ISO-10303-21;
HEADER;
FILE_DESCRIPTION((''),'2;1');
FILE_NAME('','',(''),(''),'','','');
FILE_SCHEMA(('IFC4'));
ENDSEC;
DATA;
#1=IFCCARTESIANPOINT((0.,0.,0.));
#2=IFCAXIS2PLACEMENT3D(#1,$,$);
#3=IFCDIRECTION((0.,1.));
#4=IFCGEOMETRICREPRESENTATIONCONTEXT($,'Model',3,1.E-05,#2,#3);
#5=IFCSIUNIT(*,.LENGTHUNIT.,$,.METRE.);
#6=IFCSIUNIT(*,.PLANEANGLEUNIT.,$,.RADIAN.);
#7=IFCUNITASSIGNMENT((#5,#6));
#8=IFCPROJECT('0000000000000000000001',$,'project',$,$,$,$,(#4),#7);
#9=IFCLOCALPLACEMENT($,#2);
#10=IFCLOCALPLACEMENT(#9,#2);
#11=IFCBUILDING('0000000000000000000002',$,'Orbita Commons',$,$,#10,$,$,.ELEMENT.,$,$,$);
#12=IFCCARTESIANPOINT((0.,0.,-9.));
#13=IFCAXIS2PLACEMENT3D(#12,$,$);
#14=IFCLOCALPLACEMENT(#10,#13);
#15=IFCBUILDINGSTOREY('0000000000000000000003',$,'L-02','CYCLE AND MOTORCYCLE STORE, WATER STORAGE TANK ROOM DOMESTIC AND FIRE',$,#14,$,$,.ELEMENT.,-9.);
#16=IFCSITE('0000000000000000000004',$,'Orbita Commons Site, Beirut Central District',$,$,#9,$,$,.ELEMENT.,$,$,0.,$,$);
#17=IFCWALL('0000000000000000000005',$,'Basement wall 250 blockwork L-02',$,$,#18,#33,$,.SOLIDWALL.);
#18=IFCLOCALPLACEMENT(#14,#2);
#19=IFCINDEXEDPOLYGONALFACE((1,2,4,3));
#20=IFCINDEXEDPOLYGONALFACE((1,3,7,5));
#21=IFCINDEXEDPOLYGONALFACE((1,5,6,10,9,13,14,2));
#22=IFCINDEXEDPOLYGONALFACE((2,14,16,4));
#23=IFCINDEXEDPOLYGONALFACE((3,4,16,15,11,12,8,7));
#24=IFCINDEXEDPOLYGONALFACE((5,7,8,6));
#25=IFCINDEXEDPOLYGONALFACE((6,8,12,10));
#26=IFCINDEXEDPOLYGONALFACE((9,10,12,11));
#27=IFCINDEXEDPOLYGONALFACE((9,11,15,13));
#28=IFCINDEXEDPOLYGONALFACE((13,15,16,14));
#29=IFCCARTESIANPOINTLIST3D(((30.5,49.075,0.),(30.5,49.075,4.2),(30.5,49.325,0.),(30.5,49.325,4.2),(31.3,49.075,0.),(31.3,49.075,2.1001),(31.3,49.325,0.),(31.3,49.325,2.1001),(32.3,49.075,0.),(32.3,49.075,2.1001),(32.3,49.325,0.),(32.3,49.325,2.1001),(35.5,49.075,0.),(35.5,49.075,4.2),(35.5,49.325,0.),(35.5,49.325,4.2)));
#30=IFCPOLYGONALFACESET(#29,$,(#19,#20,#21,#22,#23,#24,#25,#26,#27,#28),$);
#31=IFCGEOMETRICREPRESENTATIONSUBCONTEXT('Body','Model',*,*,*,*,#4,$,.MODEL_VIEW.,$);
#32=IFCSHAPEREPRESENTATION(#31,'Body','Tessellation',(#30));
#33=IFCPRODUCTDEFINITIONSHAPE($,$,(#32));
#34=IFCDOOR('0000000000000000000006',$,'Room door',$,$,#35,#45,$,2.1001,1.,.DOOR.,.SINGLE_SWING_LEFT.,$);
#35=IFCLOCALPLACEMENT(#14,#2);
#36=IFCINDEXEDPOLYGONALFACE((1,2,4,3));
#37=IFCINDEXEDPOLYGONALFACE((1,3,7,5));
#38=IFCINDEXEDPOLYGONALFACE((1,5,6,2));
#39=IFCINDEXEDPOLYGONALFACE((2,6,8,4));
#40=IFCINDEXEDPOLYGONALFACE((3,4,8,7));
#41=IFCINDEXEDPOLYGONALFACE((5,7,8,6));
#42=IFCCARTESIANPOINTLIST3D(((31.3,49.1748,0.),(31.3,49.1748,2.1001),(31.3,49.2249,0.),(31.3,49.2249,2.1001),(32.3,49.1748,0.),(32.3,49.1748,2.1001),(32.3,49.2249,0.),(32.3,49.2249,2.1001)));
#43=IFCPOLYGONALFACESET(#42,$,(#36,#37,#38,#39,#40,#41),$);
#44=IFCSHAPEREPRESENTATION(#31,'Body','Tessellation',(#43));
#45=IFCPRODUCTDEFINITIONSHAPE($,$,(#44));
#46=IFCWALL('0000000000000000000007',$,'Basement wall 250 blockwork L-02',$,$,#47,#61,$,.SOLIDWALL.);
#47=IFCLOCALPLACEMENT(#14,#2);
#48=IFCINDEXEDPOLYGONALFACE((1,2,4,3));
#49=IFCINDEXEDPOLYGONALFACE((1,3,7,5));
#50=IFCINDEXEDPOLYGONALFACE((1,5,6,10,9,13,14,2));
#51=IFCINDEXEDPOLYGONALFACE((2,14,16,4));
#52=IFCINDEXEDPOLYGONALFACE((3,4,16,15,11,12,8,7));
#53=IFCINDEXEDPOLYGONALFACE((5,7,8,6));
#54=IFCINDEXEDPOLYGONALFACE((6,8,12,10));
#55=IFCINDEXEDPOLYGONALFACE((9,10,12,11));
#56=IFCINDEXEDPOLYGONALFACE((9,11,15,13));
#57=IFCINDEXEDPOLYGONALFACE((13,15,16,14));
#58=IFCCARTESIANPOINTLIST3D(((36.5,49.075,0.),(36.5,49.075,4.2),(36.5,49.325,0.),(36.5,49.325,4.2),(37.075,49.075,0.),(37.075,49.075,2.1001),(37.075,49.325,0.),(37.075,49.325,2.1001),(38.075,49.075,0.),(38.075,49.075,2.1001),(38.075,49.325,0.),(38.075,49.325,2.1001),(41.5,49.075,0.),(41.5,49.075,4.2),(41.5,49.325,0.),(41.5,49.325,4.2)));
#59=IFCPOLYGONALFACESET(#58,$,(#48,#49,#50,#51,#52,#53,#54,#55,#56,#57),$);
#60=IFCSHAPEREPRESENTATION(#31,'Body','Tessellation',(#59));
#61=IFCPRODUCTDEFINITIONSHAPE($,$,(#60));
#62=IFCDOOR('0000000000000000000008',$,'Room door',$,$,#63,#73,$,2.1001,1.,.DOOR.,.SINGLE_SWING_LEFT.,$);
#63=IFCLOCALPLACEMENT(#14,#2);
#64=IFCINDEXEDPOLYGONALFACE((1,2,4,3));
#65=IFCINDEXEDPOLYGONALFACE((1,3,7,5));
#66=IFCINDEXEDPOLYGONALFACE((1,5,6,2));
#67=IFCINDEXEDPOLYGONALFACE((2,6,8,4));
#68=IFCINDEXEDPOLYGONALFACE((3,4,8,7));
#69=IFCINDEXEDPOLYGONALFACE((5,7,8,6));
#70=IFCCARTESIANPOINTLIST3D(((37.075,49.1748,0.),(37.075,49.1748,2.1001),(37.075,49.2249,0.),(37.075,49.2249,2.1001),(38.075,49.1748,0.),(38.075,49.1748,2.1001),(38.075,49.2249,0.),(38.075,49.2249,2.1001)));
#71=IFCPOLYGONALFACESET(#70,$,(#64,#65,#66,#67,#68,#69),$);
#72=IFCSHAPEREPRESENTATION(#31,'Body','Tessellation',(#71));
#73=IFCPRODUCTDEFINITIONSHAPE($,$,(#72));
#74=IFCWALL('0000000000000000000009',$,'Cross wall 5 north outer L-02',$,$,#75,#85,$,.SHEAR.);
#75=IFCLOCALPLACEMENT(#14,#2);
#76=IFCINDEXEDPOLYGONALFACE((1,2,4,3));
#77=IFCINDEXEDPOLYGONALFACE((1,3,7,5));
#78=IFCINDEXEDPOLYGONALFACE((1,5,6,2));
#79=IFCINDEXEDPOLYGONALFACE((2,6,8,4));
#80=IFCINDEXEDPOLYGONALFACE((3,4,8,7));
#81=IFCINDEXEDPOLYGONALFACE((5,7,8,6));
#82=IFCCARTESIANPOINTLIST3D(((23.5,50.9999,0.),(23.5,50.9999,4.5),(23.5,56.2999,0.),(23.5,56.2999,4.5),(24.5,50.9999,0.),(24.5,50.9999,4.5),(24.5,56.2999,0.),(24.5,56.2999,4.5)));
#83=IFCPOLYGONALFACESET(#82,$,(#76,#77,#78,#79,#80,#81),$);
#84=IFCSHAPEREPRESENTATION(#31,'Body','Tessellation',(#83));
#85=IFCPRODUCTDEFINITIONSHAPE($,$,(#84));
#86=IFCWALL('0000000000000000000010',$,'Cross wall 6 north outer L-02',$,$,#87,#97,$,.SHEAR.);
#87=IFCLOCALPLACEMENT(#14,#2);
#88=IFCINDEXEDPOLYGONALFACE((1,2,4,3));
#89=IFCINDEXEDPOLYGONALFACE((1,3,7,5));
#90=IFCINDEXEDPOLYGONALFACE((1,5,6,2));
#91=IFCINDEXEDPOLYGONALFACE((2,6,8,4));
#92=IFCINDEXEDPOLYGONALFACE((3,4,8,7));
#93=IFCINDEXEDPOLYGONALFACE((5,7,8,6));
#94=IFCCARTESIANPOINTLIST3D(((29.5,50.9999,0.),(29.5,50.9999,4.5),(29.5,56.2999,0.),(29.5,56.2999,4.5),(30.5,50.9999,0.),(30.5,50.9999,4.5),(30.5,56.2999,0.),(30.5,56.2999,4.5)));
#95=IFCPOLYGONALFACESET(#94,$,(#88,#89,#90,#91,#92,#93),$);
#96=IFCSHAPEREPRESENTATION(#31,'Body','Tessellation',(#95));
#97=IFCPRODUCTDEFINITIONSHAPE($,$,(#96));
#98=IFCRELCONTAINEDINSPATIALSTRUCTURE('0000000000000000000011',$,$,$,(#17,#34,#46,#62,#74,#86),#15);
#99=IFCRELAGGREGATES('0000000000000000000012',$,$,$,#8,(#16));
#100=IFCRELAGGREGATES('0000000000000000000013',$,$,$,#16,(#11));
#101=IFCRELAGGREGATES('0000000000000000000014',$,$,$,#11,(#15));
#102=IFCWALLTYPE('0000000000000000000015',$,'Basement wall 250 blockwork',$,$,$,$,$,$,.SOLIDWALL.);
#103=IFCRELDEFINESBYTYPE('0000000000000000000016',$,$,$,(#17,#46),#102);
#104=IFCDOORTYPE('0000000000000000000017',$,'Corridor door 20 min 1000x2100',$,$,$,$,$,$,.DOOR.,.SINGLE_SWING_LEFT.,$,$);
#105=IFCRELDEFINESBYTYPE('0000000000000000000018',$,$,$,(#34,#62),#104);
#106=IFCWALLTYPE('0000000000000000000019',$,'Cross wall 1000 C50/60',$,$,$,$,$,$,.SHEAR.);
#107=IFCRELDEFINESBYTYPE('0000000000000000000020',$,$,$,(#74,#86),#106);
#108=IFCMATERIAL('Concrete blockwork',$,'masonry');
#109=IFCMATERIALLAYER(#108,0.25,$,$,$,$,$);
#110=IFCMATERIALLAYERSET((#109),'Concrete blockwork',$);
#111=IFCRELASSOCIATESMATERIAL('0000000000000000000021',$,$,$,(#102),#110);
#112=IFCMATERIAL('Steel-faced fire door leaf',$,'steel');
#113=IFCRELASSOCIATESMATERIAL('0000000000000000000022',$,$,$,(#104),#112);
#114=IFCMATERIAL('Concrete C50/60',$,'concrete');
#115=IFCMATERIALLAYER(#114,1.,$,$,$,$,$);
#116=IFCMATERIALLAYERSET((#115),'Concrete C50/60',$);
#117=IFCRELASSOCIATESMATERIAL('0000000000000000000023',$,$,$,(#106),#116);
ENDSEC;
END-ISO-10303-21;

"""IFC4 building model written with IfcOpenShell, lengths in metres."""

from ifc_helpers import new_model, si_unit, direction, frame, frame_2d, origin, place, context, subcontext, project, spatial, rectangle, extrude, material, layer, layer_set, type_object, element, fill, save


model = new_model("IFC4")

# Units and contexts
model_context = context("Model", 3, precision=1e-05, world=origin(), true_north=direction((0.0, 1.0)))
body_context = subcontext(model_context, "Body", "Model", "MODEL_VIEW")
ifc_project = project(units=[si_unit("LENGTHUNIT", "METRE"), si_unit("PLANEANGLEUNIT", "RADIAN")], contexts=[model_context])

# Site, building, storey
site_placement = place(None, origin())
site = spatial("IfcSite", under=ifc_project, at=site_placement, Name="Orbita Commons Site, Beirut Central District", CompositionType="ELEMENT", RefElevation=0.0)
building_placement = place(site_placement, origin())
building = spatial("IfcBuilding", under=site, at=building_placement, Name="Orbita Commons", CompositionType="ELEMENT")
storey_placement = place(building_placement, frame((0.0, 0.0, -9.0)))
storey = spatial("IfcBuildingStorey", under=building, at=storey_placement, Name="L-02", Description="CYCLE AND MOTORCYCLE STORE, WATER STORAGE TANK ROOM DOMESTIC AND FIRE", CompositionType="ELEMENT", Elevation=-9.0)

# Shared definitions
ifc_material_1 = material(Name="Concrete blockwork", Category="masonry")
ifc_layer_1 = layer(ifc_material_1, 0.25)
ifc_layer_set_1 = layer_set([ifc_layer_1], Name="Concrete blockwork")
wall_type_1 = type_object("IfcWallType", Name="Basement wall 250 blockwork", PredefinedType="SOLIDWALL", material=ifc_layer_set_1)

# Walls, openings, doors
ifc_material_2 = material(Name="Steel-faced fire door leaf", Category="steel")
door_type_1 = type_object("IfcDoorType", Name="Corridor door 20 min 1000x2100", OperationType="SINGLE_SWING_LEFT", PredefinedType="DOOR", material=ifc_material_2)
wall_1_placement = place(storey_placement, frame((30.5, 49.2, 0.0), z_axis=(0.0, 0.0, 1.0), x_axis=(1.0, 0.0, 0.0)))
wall_1 = element("IfcWall", 1, at=wall_1_placement, inside=storey, type_object=wall_type_1, Name="Basement wall 250 blockwork L-02", PredefinedType="SOLIDWALL", context=body_context, shape_type="SweptSolid", body=[
    extrude(rectangle(XDim=5.0, YDim=0.25, at=frame_2d((2.5, 0.0))), origin(), (0.0, 0.0, 1.0), 4.2),
])
opening_1_placement = place(wall_1_placement, frame((0.8, 0.0, 0.0)))
opening_1 = element("IfcOpeningElement", 2, at=opening_1_placement, cuts=wall_1, PredefinedType="OPENING", context=body_context, shape_type="SweptSolid", body=[
    extrude(rectangle(XDim=1.0, YDim=2.1001, at=frame_2d((0.5, 1.05))), frame((0.0, 0.135, 0.0), z_axis=(0.0, -1.0, 0.0), x_axis=(1.0, 0.0, 0.0)), (0.0, 0.0, 1.0), 0.27),
])
door_1_placement = place(opening_1_placement, origin())
door_1 = element("IfcDoor", 3, at=door_1_placement, inside=storey, type_object=door_type_1, Name="Room door", OperationType="SINGLE_SWING_LEFT", OverallHeight=2.1001, OverallWidth=1.0, PredefinedType="DOOR", context=body_context, shape_type="SweptSolid", body=[
    extrude(rectangle(XDim=1.0, YDim=2.1001, at=frame_2d((0.5, 1.05))), frame((0.0, 0.0249, 0.0), z_axis=(0.0, -1.0, 0.0), x_axis=(1.0, 0.0, 0.0)), (0.0, 0.0, 1.0), 0.05),
])
fill(opening_1, door_1)
wall_2_placement = place(storey_placement, frame((36.5, 49.2, 0.0), z_axis=(0.0, 0.0, 1.0), x_axis=(1.0, 0.0, 0.0)))
wall_2 = element("IfcWall", 4, at=wall_2_placement, inside=storey, type_object=wall_type_1, Name="Basement wall 250 blockwork L-02", PredefinedType="SOLIDWALL", context=body_context, shape_type="SweptSolid", body=[
    extrude(rectangle(XDim=5.0, YDim=0.25, at=frame_2d((2.5, 0.0))), origin(), (0.0, 0.0, 1.0), 4.2),
])
opening_2_placement = place(wall_2_placement, frame((0.575, 0.0, 0.0)))
opening_2 = element("IfcOpeningElement", 5, at=opening_2_placement, cuts=wall_2, PredefinedType="OPENING", context=body_context, shape_type="SweptSolid", body=[
    extrude(rectangle(XDim=1.0, YDim=2.1001, at=frame_2d((0.5, 1.05))), frame((0.0, 0.135, 0.0), z_axis=(0.0, -1.0, 0.0), x_axis=(1.0, 0.0, 0.0)), (0.0, 0.0, 1.0), 0.27),
])
door_2_placement = place(opening_2_placement, origin())
door_2 = element("IfcDoor", 6, at=door_2_placement, inside=storey, type_object=door_type_1, Name="Room door", OperationType="SINGLE_SWING_LEFT", OverallHeight=2.1001, OverallWidth=1.0, PredefinedType="DOOR", context=body_context, shape_type="SweptSolid", body=[
    extrude(rectangle(XDim=1.0, YDim=2.1001, at=frame_2d((0.5, 1.05))), frame((0.0, 0.0249, 0.0), z_axis=(0.0, -1.0, 0.0), x_axis=(1.0, 0.0, 0.0)), (0.0, 0.0, 1.0), 0.05),
])
fill(opening_2, door_2)

# Walls
ifc_material_3 = material(Name="Concrete C50/60", Category="concrete")
ifc_layer_2 = layer(ifc_material_3, 1.0)
ifc_layer_set_2 = layer_set([ifc_layer_2], Name="Concrete C50/60")
wall_type_2 = type_object("IfcWallType", Name="Cross wall 1000 C50/60", PredefinedType="SHEAR", material=ifc_layer_set_2)
for number, where, z_axis, x_axis, name in (
    (7, (24.0, 51.0, 0.0), (0.0, 0.0, 1.0), (0.0, 1.0, 0.0), "Cross wall 5 north outer L-02"),
    (8, (30.0, 51.0, 0.0), (0.0, 0.0, 1.0), (0.0, 1.0, 0.0), "Cross wall 6 north outer L-02"),
):
    element("IfcWall", number, at=place(storey_placement, frame(where, z_axis=z_axis, x_axis=x_axis)), inside=storey, type_object=wall_type_2, Name=name, PredefinedType="SHEAR", context=body_context, shape_type="SweptSolid", body=[
        extrude(rectangle(XDim=5.3, YDim=1.0, at=frame_2d((2.6499, 0.0))), origin(), (0.0, 0.0, 1.0), 4.5),
    ])

save(model, "model.ifc")
